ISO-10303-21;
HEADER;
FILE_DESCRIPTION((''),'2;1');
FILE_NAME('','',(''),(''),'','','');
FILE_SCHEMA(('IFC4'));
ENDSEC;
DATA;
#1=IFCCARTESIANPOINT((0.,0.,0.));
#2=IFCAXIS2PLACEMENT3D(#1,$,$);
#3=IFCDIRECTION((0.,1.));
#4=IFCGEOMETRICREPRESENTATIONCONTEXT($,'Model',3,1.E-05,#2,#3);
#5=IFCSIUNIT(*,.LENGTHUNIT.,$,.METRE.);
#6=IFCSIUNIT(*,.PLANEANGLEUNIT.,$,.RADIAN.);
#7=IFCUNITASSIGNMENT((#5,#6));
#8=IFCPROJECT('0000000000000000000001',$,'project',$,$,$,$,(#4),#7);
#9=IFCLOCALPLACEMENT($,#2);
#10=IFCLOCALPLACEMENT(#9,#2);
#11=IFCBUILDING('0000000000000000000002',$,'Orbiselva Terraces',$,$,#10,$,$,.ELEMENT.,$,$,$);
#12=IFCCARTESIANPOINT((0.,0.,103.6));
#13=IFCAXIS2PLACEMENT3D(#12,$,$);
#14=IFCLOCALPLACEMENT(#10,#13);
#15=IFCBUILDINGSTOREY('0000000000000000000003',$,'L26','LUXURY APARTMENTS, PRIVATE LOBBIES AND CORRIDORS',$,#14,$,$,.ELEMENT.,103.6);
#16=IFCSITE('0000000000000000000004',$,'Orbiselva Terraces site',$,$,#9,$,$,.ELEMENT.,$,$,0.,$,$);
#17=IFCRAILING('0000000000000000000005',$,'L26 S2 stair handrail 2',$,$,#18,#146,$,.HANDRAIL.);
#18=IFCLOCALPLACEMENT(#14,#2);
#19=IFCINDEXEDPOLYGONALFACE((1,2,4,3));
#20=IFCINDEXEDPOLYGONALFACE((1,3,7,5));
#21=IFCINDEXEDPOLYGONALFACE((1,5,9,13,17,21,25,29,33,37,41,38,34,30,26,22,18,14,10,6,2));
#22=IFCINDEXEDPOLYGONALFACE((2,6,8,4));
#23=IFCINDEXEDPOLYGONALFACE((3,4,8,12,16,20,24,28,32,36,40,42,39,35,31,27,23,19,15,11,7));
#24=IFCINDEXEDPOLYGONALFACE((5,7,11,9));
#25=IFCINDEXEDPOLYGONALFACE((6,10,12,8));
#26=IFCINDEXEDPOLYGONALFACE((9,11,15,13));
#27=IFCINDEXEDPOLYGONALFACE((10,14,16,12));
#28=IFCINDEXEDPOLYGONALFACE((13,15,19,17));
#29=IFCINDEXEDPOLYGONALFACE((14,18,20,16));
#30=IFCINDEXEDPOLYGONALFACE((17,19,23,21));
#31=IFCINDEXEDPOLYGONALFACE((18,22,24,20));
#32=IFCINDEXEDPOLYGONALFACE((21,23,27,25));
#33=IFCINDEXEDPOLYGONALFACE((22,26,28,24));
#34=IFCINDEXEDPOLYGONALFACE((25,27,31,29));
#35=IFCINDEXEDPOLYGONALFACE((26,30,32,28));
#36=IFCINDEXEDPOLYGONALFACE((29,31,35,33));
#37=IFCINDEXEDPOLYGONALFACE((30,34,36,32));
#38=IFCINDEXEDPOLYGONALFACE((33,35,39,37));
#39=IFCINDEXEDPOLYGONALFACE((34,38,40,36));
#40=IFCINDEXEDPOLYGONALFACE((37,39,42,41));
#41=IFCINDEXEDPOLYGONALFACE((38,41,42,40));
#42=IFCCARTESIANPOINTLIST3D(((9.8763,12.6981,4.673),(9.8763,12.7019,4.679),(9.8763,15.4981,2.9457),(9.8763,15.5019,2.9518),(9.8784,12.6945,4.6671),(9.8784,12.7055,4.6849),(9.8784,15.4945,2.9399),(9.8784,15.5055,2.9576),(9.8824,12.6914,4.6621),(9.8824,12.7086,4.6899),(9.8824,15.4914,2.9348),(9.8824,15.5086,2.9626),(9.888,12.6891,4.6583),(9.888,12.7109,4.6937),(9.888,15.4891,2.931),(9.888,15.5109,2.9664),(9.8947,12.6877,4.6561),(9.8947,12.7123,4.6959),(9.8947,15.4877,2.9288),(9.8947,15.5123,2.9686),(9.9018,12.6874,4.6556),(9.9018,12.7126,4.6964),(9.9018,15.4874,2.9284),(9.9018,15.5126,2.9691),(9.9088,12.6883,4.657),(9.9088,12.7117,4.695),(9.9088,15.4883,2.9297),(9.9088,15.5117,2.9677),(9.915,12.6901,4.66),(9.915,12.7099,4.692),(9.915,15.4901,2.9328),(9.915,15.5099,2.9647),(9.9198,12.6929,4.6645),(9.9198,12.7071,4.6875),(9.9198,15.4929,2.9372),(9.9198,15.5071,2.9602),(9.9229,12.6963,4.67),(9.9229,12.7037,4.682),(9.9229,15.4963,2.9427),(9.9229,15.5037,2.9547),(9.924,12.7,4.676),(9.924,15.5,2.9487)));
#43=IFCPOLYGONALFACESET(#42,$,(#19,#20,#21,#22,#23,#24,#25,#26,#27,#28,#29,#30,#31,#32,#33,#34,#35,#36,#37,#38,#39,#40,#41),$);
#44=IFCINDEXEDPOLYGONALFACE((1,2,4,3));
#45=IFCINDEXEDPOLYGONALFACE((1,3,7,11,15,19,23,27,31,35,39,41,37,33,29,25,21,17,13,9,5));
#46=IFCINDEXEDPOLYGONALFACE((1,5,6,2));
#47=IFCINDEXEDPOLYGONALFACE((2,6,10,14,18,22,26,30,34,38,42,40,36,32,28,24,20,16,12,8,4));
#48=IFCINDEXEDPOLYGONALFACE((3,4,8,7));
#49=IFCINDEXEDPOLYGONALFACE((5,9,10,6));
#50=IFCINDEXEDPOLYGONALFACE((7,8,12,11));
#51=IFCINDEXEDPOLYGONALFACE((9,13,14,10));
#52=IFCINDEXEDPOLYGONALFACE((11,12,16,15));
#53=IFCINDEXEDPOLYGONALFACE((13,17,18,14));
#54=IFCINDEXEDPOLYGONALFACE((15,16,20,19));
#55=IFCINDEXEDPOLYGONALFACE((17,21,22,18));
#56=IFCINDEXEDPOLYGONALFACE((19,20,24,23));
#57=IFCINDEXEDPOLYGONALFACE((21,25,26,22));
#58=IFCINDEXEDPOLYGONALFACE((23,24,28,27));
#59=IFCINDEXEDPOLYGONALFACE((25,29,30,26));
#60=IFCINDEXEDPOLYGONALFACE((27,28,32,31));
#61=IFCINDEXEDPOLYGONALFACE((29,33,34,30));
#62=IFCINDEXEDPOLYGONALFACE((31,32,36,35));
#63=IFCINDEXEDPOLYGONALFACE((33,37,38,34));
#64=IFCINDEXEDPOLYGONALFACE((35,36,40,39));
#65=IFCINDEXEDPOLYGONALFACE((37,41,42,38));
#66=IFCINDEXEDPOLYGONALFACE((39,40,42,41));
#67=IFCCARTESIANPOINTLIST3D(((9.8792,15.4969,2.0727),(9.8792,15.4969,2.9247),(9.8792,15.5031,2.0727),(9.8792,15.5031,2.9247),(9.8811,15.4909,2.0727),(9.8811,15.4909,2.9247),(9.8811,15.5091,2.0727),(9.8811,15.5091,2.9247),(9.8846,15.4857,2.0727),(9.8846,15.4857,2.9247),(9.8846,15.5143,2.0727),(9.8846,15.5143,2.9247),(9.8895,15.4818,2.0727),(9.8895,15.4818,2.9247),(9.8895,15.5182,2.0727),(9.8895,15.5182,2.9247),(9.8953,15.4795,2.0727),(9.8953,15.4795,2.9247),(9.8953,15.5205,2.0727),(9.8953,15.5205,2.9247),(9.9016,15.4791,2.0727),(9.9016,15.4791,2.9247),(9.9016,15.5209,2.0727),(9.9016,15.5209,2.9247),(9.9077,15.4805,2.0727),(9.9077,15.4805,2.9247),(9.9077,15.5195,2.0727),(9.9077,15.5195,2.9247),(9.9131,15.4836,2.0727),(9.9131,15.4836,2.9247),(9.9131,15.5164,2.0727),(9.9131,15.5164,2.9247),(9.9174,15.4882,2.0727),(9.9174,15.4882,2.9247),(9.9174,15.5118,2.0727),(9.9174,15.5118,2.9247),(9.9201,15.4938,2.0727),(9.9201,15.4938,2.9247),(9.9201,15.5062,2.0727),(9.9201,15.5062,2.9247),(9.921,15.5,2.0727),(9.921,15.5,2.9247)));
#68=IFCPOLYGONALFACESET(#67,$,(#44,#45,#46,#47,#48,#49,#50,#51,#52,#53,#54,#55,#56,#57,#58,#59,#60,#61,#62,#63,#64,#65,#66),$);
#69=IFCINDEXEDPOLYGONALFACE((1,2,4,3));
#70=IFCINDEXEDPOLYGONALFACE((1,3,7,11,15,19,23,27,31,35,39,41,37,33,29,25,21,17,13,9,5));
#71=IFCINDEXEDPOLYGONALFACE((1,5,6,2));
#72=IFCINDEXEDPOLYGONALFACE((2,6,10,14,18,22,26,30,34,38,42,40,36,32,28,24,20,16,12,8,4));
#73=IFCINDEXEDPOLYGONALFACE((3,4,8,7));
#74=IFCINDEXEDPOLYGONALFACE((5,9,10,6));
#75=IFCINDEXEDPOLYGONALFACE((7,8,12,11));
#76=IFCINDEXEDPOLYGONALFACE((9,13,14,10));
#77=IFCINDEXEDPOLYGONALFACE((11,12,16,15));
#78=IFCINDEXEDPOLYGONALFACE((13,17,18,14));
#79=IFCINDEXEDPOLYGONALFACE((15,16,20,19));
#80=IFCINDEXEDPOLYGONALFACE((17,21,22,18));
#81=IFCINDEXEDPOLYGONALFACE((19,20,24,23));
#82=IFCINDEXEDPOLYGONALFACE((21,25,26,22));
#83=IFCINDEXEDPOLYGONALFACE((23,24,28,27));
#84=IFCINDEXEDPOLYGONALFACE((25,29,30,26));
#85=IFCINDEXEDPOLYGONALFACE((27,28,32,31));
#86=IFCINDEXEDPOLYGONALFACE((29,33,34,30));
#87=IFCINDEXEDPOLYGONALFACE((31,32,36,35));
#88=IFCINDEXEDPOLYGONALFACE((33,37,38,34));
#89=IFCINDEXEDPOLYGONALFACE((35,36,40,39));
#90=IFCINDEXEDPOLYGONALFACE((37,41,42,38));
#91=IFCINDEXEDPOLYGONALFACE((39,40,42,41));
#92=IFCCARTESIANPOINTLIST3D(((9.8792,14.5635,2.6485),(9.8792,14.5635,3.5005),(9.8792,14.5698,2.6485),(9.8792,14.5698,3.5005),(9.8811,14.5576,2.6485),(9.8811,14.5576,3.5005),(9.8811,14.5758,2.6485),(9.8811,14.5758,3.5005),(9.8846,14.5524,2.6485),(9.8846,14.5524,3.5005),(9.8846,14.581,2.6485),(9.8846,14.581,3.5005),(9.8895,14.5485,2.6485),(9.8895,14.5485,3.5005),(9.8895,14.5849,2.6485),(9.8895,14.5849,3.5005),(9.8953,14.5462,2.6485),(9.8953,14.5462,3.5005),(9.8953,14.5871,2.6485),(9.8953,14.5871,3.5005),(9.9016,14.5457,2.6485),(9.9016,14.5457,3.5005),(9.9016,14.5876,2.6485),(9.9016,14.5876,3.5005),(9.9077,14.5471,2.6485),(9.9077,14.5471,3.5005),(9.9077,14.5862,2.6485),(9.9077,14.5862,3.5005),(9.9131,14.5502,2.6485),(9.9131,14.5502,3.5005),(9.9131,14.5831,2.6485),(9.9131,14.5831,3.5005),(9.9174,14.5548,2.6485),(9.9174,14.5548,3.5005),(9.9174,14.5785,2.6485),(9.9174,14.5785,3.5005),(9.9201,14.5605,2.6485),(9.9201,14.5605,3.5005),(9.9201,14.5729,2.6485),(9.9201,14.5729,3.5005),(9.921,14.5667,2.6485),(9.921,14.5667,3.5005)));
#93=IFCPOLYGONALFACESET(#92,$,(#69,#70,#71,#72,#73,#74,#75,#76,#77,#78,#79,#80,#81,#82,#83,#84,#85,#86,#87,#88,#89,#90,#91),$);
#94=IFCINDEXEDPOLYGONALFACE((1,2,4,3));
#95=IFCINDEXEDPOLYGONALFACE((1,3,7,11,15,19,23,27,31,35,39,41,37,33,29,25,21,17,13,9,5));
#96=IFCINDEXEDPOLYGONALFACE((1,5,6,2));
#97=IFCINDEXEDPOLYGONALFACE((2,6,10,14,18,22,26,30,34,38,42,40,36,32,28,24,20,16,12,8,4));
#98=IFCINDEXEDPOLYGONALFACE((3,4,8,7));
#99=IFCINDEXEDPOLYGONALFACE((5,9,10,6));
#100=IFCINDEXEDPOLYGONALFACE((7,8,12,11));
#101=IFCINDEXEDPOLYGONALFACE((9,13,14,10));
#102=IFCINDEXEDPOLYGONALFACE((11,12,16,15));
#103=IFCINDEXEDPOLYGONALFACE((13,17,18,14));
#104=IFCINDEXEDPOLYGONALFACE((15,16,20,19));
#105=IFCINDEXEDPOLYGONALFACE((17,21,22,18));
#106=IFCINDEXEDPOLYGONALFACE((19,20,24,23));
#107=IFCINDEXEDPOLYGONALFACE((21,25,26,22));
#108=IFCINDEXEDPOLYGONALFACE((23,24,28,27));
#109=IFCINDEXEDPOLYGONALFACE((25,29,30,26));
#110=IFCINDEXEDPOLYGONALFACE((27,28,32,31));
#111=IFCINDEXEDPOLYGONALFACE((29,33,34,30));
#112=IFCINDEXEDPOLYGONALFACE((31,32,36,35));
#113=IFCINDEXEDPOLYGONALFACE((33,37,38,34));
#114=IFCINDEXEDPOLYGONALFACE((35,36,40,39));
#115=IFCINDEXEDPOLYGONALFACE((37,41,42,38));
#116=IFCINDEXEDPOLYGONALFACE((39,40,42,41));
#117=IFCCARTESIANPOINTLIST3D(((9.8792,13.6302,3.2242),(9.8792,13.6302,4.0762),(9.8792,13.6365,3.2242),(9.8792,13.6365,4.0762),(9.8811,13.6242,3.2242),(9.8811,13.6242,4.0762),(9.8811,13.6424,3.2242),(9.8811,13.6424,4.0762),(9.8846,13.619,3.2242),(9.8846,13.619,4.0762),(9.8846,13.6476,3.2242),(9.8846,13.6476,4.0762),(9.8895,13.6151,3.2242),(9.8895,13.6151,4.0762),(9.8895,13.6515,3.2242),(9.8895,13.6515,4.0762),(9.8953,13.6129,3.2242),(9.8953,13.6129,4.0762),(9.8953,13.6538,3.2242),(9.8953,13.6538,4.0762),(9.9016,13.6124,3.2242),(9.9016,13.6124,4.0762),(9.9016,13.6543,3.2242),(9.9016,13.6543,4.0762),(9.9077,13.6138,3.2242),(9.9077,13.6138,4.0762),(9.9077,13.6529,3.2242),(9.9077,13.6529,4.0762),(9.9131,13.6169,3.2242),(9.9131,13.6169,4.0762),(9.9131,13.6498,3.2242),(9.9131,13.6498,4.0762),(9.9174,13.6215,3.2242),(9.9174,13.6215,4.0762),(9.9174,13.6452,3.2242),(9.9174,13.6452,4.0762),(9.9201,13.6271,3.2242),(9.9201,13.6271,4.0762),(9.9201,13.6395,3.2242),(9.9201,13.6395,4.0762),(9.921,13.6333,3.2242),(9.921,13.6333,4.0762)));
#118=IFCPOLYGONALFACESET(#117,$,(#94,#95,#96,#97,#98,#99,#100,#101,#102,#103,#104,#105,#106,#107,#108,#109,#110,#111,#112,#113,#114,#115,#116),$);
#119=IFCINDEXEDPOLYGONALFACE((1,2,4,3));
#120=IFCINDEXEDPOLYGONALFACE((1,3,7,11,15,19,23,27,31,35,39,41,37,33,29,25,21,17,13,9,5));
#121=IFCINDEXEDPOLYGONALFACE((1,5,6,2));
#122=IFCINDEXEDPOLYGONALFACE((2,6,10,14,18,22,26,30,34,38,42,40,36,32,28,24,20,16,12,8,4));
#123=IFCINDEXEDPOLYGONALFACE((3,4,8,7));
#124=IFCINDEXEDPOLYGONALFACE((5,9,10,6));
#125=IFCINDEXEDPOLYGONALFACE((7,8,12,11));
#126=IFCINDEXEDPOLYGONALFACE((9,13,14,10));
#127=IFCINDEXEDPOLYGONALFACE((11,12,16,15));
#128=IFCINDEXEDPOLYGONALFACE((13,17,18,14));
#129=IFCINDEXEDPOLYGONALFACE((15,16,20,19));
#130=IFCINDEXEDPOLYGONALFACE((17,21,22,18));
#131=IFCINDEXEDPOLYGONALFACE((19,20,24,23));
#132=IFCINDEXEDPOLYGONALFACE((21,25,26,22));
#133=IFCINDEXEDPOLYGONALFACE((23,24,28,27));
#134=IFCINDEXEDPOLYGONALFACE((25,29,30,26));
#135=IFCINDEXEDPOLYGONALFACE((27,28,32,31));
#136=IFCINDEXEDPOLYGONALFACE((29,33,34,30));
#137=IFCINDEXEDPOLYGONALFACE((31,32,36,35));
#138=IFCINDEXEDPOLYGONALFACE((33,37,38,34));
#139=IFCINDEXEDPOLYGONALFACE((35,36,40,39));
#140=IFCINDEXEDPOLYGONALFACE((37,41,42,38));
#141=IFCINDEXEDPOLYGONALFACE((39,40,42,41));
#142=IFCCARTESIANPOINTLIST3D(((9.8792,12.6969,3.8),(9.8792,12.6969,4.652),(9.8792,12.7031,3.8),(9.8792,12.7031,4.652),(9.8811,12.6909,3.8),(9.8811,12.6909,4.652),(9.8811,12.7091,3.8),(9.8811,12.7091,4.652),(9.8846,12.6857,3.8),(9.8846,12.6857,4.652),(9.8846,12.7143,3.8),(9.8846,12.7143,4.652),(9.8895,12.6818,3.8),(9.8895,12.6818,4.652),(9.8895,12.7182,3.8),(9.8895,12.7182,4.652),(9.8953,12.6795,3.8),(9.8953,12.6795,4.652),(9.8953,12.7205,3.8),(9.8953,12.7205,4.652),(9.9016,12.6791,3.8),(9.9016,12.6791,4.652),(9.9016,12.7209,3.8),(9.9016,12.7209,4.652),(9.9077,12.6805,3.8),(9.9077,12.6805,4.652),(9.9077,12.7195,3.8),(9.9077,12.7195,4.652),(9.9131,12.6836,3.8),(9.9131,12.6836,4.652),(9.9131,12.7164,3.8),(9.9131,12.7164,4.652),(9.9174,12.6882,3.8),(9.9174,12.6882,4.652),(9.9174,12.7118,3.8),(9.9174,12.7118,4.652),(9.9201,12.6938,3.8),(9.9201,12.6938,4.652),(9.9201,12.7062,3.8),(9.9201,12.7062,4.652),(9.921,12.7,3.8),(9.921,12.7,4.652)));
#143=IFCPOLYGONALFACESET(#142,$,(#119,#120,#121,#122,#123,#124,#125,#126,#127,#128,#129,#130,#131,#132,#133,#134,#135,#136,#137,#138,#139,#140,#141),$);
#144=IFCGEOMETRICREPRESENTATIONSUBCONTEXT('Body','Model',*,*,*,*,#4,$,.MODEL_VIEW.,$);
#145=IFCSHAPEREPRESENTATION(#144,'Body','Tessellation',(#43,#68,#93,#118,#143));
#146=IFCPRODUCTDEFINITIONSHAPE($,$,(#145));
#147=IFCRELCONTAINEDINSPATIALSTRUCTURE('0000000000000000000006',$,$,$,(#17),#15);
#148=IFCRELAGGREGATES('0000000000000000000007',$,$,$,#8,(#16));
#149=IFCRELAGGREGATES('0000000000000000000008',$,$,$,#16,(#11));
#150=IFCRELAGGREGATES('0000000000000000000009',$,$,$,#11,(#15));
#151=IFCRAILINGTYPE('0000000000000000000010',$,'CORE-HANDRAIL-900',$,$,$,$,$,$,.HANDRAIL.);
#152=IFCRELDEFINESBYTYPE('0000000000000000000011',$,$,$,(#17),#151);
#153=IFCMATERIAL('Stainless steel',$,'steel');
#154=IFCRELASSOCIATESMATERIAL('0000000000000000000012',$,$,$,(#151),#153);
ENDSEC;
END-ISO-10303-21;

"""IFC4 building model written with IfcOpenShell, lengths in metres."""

from ifc_helpers import new_model, si_unit, direction, frame, origin, origin_2d, place, context, subcontext, project, spatial, circle, extrude, material, type_object, element, save


model = new_model("IFC4")

# Units and contexts
model_context = context("Model", 3, precision=1e-05, world=origin(), true_north=direction((0.0, 1.0)))
body_context = subcontext(model_context, "Body", "Model", "MODEL_VIEW")
ifc_project = project(units=[si_unit("LENGTHUNIT", "METRE"), si_unit("PLANEANGLEUNIT", "RADIAN")], contexts=[model_context])

# Site, building, storey
site_placement = place(None, origin())
site = spatial("IfcSite", under=ifc_project, at=site_placement, Name="Orbiselva Terraces site", CompositionType="ELEMENT", RefElevation=0.0)
building_placement = place(site_placement, origin())
building = spatial("IfcBuilding", under=site, at=building_placement, Name="Orbiselva Terraces", CompositionType="ELEMENT")
storey_placement = place(building_placement, frame((0.0, 0.0, 103.6)))
storey = spatial("IfcBuildingStorey", under=building, at=storey_placement, Name="L26", Description="LUXURY APARTMENTS, PRIVATE LOBBIES AND CORRIDORS", CompositionType="ELEMENT", Elevation=103.6)

# Railing
ifc_material_1 = material(Name="Stainless steel", Category="steel")
railing_type = type_object("IfcRailingType", Name="CORE-HANDRAIL-900", PredefinedType="HANDRAIL", material=ifc_material_1)
railing_1_placement = place(storey_placement, frame((9.9, 15.5, 2.0727)))
element("IfcRailing", 1, at=railing_1_placement, inside=storey, type_object=railing_type, Name="L26 S2 stair handrail 2", PredefinedType="HANDRAIL", context=body_context, shape_type="SweptSolid", body=[
    extrude(circle(Radius=0.024, at=origin_2d()), frame((0.0, 0.0, 0.876), z_axis=(0.0, -0.851089, 0.525022), x_axis=(1.0, 0.0, 0.0)), (0.0, 0.0, 1.0), 3.2899),
    extrude(circle(Radius=0.021, at=origin_2d()), origin(), (0.0, 0.0, 1.0), 0.852),
    extrude(circle(Radius=0.021, at=origin_2d()), frame((0.0, -0.9333, 0.5758)), (0.0, 0.0, 1.0), 0.852),
    extrude(circle(Radius=0.021, at=origin_2d()), frame((0.0, -1.8667, 1.1515)), (0.0, 0.0, 1.0), 0.852),
    extrude(circle(Radius=0.021, at=origin_2d()), frame((0.0, -2.8, 1.7273)), (0.0, 0.0, 1.0), 0.852),
])

save(model, "model.ifc")
